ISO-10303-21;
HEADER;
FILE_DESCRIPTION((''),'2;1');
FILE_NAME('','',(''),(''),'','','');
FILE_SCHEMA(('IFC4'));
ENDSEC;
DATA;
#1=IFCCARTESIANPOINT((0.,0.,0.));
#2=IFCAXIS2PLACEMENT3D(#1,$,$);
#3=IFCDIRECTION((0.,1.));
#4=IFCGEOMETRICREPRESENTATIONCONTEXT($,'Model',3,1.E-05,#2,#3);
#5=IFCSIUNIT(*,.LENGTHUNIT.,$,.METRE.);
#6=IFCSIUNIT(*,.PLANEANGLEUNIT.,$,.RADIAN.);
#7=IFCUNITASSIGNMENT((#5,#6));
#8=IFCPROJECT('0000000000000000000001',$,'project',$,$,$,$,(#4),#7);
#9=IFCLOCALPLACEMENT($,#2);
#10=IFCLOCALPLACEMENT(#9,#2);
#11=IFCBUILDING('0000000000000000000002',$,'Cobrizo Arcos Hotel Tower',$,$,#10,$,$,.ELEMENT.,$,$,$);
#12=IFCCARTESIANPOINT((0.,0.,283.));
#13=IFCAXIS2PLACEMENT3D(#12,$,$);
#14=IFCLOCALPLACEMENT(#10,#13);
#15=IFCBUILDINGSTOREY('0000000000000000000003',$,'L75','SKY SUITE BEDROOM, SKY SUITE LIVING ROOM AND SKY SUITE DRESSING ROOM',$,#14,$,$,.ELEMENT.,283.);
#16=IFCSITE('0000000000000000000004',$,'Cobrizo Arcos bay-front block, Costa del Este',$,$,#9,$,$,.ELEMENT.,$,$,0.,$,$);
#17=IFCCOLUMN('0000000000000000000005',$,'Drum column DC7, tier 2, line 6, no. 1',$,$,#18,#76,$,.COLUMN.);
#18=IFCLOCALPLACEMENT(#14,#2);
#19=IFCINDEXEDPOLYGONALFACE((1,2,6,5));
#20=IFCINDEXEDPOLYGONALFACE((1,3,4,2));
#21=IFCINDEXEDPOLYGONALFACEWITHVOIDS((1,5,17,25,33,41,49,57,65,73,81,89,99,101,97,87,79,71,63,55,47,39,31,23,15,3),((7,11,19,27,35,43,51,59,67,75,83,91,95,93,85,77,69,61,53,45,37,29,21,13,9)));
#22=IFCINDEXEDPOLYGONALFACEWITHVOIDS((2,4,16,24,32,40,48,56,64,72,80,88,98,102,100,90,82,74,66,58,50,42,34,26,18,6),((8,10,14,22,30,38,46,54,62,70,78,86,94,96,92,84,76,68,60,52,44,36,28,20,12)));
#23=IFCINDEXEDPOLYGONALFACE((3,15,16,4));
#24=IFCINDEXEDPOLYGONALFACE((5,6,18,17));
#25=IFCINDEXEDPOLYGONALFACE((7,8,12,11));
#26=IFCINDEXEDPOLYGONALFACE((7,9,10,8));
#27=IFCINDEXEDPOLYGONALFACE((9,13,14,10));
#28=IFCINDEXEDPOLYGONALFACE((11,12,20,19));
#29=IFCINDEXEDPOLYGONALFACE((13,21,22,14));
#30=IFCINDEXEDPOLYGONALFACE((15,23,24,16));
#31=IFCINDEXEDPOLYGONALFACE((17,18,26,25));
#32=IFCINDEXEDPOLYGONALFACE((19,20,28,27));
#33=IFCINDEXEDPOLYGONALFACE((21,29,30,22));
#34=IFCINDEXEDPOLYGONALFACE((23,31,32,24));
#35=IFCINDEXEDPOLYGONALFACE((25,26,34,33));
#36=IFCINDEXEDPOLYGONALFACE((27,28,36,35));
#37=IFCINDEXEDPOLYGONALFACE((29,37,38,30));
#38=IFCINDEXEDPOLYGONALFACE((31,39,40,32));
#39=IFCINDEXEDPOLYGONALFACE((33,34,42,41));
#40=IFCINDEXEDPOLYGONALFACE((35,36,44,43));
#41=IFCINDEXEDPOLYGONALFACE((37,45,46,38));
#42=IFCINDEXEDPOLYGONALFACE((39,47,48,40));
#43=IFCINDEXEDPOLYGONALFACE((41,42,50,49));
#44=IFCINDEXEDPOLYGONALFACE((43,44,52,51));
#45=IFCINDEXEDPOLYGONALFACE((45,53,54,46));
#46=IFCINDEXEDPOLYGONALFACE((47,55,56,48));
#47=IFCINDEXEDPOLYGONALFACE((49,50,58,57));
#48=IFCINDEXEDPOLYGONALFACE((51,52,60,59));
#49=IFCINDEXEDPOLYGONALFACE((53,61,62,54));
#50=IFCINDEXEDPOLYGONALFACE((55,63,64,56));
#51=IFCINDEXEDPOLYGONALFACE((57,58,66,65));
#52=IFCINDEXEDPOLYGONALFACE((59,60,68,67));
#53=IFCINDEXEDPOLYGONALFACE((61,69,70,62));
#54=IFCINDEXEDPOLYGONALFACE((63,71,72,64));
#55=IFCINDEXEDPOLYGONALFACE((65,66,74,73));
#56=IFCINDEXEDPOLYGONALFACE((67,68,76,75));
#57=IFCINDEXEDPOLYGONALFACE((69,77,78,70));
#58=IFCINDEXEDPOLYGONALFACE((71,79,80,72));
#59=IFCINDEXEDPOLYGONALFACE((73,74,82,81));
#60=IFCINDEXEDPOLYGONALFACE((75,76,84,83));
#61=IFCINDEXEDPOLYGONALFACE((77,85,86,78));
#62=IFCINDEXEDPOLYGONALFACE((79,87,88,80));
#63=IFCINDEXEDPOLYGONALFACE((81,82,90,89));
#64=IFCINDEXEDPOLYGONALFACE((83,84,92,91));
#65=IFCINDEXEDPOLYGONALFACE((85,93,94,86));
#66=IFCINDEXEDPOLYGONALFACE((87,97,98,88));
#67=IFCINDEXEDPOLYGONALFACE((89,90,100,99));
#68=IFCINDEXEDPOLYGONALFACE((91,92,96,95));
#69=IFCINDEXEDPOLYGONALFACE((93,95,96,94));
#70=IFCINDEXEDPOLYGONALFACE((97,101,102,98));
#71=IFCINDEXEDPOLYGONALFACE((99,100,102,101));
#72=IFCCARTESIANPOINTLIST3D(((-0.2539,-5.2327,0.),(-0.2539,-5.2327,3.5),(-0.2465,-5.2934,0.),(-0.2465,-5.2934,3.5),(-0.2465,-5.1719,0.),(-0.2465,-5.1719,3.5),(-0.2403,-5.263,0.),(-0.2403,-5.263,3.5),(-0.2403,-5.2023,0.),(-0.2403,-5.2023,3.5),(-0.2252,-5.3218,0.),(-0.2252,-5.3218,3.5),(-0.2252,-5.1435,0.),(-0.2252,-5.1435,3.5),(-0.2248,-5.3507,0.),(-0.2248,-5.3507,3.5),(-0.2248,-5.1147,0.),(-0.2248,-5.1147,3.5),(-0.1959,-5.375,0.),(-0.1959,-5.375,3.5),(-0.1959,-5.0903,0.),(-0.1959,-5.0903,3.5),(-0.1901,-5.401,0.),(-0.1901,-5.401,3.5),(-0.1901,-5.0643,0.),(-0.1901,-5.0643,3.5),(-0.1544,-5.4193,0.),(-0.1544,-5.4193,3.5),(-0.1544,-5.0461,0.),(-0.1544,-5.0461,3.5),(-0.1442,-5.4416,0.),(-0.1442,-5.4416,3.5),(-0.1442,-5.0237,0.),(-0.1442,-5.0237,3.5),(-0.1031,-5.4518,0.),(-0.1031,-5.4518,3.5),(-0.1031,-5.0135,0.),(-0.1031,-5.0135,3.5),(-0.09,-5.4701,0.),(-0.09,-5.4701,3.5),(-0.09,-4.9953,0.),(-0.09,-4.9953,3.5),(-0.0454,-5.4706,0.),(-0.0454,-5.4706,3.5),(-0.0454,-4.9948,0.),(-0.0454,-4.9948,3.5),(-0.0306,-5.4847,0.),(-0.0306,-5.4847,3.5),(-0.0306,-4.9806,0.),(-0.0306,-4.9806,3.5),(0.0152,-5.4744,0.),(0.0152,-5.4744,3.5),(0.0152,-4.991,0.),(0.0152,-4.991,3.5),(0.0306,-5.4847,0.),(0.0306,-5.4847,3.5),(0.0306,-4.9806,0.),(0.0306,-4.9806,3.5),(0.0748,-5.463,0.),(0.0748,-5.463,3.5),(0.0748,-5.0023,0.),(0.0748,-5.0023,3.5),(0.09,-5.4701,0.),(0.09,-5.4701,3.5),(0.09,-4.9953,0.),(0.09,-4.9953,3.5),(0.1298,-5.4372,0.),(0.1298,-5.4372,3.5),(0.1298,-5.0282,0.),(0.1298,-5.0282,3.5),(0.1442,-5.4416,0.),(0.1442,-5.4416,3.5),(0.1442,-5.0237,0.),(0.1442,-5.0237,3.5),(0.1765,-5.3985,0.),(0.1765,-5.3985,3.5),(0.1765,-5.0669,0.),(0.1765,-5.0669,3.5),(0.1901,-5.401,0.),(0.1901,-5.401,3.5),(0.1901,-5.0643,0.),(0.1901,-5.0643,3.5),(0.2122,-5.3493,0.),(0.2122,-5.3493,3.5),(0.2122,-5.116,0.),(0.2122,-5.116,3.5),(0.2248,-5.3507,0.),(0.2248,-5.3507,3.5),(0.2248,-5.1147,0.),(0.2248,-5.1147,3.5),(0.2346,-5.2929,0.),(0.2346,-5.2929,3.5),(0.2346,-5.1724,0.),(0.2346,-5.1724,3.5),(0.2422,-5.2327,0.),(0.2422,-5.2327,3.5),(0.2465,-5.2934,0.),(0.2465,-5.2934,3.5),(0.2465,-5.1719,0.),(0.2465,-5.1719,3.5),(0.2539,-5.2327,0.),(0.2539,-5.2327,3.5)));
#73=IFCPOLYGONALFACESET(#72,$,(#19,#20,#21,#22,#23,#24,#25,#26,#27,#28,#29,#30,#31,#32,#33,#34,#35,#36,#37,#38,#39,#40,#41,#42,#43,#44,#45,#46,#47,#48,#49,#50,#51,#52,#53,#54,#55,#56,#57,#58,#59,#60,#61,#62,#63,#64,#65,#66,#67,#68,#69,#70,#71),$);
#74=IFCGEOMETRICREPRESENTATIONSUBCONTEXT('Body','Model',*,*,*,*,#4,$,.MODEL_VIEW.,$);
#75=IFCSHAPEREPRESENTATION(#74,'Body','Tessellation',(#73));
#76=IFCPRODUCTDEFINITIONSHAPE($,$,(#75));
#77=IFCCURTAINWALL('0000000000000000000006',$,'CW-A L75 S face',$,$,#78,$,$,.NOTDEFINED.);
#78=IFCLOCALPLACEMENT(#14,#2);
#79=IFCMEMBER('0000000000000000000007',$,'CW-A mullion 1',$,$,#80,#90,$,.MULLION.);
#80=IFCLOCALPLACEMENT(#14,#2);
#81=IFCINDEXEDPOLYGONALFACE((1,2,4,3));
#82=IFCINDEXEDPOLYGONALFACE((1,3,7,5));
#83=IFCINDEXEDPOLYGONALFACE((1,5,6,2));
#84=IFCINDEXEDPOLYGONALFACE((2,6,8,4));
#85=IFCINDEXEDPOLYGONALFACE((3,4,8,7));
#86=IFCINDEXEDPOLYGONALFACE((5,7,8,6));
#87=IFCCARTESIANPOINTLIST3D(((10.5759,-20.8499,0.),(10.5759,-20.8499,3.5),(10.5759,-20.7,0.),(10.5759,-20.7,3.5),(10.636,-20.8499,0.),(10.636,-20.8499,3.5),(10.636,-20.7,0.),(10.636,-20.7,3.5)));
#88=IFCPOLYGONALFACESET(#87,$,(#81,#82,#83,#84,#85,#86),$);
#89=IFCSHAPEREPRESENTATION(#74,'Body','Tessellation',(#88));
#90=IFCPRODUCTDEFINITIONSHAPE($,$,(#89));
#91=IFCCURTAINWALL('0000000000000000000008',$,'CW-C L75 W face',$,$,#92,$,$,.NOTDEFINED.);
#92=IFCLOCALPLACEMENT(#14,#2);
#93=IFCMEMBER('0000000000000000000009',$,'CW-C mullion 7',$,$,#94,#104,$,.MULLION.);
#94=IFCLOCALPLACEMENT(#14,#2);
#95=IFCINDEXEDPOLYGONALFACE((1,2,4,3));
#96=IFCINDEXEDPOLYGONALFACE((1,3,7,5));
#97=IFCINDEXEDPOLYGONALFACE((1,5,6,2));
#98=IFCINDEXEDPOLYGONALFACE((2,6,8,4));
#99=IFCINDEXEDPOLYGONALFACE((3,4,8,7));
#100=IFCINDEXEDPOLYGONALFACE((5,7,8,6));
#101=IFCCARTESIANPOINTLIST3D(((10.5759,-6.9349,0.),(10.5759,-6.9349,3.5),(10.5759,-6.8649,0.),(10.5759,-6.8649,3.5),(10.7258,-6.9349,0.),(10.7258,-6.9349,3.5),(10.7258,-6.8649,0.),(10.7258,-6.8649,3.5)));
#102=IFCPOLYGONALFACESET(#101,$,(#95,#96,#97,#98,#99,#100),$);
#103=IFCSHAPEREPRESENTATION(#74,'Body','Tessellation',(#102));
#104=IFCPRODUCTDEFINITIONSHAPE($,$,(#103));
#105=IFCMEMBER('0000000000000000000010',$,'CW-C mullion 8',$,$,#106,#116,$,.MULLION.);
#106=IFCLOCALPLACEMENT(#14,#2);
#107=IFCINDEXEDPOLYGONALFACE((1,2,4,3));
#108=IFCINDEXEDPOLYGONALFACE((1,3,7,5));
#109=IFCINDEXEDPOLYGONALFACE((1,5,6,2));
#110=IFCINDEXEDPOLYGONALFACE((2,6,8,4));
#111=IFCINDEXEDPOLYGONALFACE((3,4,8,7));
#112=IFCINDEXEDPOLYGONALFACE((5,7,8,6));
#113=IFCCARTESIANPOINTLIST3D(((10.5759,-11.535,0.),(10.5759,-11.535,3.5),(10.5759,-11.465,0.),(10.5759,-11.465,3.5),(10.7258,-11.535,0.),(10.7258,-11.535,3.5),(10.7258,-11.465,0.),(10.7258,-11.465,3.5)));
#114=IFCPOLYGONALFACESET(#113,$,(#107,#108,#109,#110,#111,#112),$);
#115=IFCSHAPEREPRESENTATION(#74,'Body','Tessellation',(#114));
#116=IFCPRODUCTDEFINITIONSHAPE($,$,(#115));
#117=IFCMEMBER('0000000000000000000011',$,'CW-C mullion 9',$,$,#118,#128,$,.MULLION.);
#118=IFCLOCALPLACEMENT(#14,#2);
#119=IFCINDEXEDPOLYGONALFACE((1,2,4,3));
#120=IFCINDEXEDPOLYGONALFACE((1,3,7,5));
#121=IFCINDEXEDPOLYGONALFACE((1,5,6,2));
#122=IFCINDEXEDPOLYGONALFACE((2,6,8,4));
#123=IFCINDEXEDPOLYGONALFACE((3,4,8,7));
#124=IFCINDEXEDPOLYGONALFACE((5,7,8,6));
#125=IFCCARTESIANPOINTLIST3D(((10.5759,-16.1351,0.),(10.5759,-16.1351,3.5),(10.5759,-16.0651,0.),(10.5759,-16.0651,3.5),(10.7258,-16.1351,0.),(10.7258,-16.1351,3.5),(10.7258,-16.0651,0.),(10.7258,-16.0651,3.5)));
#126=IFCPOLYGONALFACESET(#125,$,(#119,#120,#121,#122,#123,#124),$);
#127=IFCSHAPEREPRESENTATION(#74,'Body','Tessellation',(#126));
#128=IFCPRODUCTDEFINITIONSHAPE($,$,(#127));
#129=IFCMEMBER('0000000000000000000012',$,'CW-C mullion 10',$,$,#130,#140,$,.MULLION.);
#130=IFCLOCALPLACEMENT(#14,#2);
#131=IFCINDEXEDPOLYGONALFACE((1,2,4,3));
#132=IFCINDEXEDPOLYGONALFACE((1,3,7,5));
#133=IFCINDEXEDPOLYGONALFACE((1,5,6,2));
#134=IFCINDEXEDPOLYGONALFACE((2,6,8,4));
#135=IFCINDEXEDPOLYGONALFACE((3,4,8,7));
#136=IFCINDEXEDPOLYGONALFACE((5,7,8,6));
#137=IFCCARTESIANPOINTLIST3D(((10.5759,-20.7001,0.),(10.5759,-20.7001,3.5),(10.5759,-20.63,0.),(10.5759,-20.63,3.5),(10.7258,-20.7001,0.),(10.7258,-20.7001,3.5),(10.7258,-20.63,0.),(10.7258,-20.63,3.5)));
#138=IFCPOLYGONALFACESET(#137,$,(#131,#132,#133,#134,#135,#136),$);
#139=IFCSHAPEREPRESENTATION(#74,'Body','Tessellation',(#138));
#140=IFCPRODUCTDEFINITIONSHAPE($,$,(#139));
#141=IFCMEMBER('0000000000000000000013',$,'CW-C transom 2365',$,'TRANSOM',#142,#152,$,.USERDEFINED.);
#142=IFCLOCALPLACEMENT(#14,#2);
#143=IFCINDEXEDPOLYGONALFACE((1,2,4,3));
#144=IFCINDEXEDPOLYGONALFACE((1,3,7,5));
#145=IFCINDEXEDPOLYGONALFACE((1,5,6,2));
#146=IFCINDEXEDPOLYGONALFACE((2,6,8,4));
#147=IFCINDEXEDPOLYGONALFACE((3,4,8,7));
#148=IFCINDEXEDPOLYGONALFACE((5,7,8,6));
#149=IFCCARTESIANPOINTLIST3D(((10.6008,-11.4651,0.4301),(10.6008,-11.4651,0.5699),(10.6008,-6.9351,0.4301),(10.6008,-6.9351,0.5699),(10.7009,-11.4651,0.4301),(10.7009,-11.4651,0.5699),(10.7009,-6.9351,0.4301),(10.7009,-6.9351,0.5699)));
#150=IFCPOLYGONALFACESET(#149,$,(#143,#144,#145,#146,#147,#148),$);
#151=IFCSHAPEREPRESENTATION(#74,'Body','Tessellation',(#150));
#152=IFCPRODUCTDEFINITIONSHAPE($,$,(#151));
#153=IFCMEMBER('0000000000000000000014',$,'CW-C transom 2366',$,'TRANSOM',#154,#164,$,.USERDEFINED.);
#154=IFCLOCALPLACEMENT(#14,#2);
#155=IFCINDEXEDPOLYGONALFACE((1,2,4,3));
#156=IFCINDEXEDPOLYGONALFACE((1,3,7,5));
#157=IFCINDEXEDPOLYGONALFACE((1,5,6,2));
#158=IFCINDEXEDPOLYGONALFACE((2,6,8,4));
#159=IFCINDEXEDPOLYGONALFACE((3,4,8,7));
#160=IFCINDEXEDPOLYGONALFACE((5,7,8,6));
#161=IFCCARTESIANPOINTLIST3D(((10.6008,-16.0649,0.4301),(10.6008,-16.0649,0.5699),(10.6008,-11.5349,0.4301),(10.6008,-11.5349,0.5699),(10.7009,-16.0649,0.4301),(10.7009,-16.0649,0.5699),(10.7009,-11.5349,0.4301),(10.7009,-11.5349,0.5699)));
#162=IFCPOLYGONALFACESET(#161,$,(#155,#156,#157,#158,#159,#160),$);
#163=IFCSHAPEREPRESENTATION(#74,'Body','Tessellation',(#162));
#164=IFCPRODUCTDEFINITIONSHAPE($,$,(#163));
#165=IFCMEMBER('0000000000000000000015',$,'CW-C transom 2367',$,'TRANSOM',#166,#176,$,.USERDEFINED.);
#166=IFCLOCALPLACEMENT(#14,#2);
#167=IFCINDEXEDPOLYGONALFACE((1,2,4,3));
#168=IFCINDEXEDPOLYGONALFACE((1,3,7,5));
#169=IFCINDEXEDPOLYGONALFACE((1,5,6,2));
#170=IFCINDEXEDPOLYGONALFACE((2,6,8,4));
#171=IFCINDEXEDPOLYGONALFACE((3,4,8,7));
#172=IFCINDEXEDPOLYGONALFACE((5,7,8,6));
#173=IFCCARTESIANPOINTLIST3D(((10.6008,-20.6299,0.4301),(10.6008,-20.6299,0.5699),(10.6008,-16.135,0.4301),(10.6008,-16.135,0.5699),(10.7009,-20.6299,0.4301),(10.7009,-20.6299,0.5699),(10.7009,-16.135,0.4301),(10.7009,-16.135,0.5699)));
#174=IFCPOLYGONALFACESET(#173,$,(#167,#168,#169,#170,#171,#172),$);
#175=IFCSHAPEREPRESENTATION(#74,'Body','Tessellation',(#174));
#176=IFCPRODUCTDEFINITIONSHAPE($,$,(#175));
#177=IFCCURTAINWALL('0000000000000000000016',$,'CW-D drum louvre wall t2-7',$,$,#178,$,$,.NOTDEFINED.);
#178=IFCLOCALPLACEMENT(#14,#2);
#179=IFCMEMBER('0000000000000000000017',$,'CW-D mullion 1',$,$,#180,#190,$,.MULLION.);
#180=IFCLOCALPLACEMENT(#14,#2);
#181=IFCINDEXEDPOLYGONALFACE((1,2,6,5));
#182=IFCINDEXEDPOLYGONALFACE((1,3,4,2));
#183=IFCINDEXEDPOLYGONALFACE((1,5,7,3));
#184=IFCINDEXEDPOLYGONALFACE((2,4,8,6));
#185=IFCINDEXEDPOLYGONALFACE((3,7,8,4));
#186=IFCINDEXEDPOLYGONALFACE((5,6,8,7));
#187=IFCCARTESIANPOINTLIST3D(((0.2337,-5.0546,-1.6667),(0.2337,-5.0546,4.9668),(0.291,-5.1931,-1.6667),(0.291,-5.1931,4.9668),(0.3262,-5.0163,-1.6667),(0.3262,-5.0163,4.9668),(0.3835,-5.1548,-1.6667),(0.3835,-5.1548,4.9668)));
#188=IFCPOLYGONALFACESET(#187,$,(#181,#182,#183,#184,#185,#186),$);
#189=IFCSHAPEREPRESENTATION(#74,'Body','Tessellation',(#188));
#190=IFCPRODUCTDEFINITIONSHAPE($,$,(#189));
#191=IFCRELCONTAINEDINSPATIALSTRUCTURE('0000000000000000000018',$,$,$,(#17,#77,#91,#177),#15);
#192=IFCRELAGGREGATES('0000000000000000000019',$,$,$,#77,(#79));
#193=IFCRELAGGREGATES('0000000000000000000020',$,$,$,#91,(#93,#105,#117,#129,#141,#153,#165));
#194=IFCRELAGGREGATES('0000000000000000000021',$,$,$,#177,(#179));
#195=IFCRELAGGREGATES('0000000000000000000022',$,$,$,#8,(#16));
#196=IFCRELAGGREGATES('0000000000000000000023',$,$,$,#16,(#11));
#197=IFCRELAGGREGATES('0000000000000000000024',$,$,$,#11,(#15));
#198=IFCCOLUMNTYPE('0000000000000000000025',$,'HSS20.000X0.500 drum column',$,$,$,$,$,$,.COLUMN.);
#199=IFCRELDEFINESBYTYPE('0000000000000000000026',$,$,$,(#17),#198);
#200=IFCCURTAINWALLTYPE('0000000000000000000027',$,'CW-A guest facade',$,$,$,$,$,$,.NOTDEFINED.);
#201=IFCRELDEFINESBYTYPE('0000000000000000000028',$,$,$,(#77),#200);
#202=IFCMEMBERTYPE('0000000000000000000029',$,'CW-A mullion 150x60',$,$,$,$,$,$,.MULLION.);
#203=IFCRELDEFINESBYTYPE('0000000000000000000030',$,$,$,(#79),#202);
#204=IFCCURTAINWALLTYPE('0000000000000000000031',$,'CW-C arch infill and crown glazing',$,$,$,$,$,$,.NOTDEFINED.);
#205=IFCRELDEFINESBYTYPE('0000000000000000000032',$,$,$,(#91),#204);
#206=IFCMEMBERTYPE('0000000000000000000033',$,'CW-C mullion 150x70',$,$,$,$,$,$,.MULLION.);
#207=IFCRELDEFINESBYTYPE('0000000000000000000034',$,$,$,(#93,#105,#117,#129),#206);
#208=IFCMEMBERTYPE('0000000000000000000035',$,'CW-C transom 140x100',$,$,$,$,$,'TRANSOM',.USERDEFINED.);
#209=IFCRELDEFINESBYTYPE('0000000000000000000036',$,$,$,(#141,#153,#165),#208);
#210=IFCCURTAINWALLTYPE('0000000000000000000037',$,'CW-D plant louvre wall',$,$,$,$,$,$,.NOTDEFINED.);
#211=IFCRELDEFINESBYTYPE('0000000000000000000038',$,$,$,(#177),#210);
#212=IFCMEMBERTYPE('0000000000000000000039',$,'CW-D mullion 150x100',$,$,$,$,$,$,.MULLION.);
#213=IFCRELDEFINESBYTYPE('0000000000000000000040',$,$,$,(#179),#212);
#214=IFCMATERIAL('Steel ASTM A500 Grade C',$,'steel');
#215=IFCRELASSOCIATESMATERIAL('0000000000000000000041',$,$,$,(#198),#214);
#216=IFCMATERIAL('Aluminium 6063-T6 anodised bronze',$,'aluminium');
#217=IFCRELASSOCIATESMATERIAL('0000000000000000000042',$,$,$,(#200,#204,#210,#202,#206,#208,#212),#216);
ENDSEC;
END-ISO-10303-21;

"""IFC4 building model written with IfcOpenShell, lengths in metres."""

from ifc_helpers import new_model, si_unit, direction, frame, origin, origin_2d, place, context, subcontext, project, spatial, rectangle, hollow_circle, extrude, material, material_profile, profile_set, type_object, element, aggregate, save


model = new_model("IFC4")

# Units and contexts
model_context = context("Model", 3, precision=1e-05, world=origin(), true_north=direction((0.0, 1.0)))
body_context = subcontext(model_context, "Body", "Model", "MODEL_VIEW")
ifc_project = project(units=[si_unit("LENGTHUNIT", "METRE"), si_unit("PLANEANGLEUNIT", "RADIAN")], contexts=[model_context])

# Site, building, storey
site_placement = place(None, origin())
site = spatial("IfcSite", under=ifc_project, at=site_placement, Name="Cobrizo Arcos bay-front block, Costa del Este", CompositionType="ELEMENT", RefElevation=0.0)
building_placement = place(site_placement, origin())
building = spatial("IfcBuilding", under=site, at=building_placement, Name="Cobrizo Arcos Hotel Tower", CompositionType="ELEMENT")
storey_placement = place(building_placement, frame((0.0, 0.0, 283.0)))
storey = spatial("IfcBuildingStorey", under=building, at=storey_placement, Name="L75", Description="SKY SUITE BEDROOM, SKY SUITE LIVING ROOM AND SKY SUITE DRESSING ROOM", CompositionType="ELEMENT", Elevation=283.0)

# Column
ifc_material_1 = material(Name="Steel ASTM A500 Grade C", Category="steel")
ifc_material_profile_1 = material_profile(ifc_material_1, hollow_circle(Radius=0.2539, WallThickness=0.0117, at=origin_2d()), Name="HSS20.000X0.500")
ifc_profile_set_1 = profile_set([ifc_material_profile_1], Name="Steel ASTM A500 Grade C")
column_type = type_object("IfcColumnType", Name="HSS20.000X0.500 drum column", PredefinedType="COLUMN", material=ifc_profile_set_1)
column_placement = place(storey_placement, frame((0.0, -5.2327, 0.0), z_axis=(0.0, 0.0, 1.0), x_axis=(1.0, 0.0, 0.0)))
element("IfcColumn", 1, at=column_placement, inside=storey, type_object=column_type, Name="Drum column DC7, tier 2, line 6, no. 1", PredefinedType="COLUMN", context=body_context, shape_type="SweptSolid", body=[
    extrude(hollow_circle(Radius=0.2539, WallThickness=0.0117, at=origin_2d()), origin(), (0.0, 0.0, 1.0), 3.5),
])

# Curtain wall, member
ifc_material_2 = material(Name="Aluminium 6063-T6 anodised bronze", Category="aluminium")
curtain_wall_type_1 = type_object("IfcCurtainWallType", Name="CW-A guest facade", PredefinedType="NOTDEFINED", material=ifc_material_2)
curtain_wall_1_placement = place(storey_placement, origin())
curtain_wall_1 = element("IfcCurtainWall", 2, at=curtain_wall_1_placement, inside=storey, type_object=curtain_wall_type_1, Name="CW-A L75 S face", PredefinedType="NOTDEFINED")
ifc_material_profile_2 = material_profile(ifc_material_2, rectangle(XDim=0.1499, YDim=0.0601, at=origin_2d()), Name="CW-A mullion 150x60")
ifc_profile_set_2 = profile_set([ifc_material_profile_2], Name="Aluminium 6063-T6 anodised bronze")
member_type_1 = type_object("IfcMemberType", Name="CW-A mullion 150x60", PredefinedType="MULLION", material=ifc_profile_set_2)
member_1_placement = place(storey_placement, frame((10.606, -20.7749, 0.0), z_axis=(0.0, 0.0, 1.0), x_axis=(0.0, -1.0, 0.0)))
member_1 = element("IfcMember", 3, at=member_1_placement, type_object=member_type_1, Name="CW-A mullion 1", PredefinedType="MULLION", context=body_context, shape_type="SweptSolid", body=[
    extrude(rectangle(XDim=0.1499, YDim=0.0601, at=origin_2d()), origin(), (0.0, 0.0, 1.0), 3.5),
])
aggregate(curtain_wall_1, [member_1])

# Curtain walls, members
curtain_wall_type_2 = type_object("IfcCurtainWallType", Name="CW-C arch infill and crown glazing", PredefinedType="NOTDEFINED", material=ifc_material_2)
curtain_wall_2_placement = place(storey_placement, origin())
curtain_wall_2 = element("IfcCurtainWall", 4, at=curtain_wall_2_placement, inside=storey, type_object=curtain_wall_type_2, Name="CW-C L75 W face", PredefinedType="NOTDEFINED")
ifc_material_profile_3 = material_profile(ifc_material_2, rectangle(XDim=0.1499, YDim=0.0701, at=origin_2d()), Name="CW-C mullion 150x70")
ifc_profile_set_3 = profile_set([ifc_material_profile_3], Name="Aluminium 6063-T6 anodised bronze")
member_type_2 = type_object("IfcMemberType", Name="CW-C mullion 150x70", PredefinedType="MULLION", material=ifc_profile_set_3)
member_2_placement = place(storey_placement, frame((10.6509, -6.8999, 0.0), z_axis=(0.0, 0.0, 1.0), x_axis=(-1.0, 0.0, 0.0)))
member_2 = element("IfcMember", 5, at=member_2_placement, type_object=member_type_2, Name="CW-C mullion 7", PredefinedType="MULLION", context=body_context, shape_type="SweptSolid", body=[
    extrude(rectangle(XDim=0.1499, YDim=0.0701, at=origin_2d()), origin(), (0.0, 0.0, 1.0), 3.5),
])
member_3_placement = place(storey_placement, frame((10.6509, -11.5, 0.0), z_axis=(0.0, 0.0, 1.0), x_axis=(-1.0, 0.0, 0.0)))
member_3 = element("IfcMember", 6, at=member_3_placement, type_object=member_type_2, Name="CW-C mullion 8", PredefinedType="MULLION", context=body_context, shape_type="SweptSolid", body=[
    extrude(rectangle(XDim=0.1499, YDim=0.0701, at=origin_2d()), origin(), (0.0, 0.0, 1.0), 3.5),
])
member_4_placement = place(storey_placement, frame((10.6509, -16.1001, 0.0), z_axis=(0.0, 0.0, 1.0), x_axis=(-1.0, 0.0, 0.0)))
member_4 = element("IfcMember", 7, at=member_4_placement, type_object=member_type_2, Name="CW-C mullion 9", PredefinedType="MULLION", context=body_context, shape_type="SweptSolid", body=[
    extrude(rectangle(XDim=0.1499, YDim=0.0701, at=origin_2d()), origin(), (0.0, 0.0, 1.0), 3.5),
])
member_5_placement = place(storey_placement, frame((10.6509, -20.665, 0.0), z_axis=(0.0, 0.0, 1.0), x_axis=(-1.0, 0.0, 0.0)))
member_5 = element("IfcMember", 8, at=member_5_placement, type_object=member_type_2, Name="CW-C mullion 10", PredefinedType="MULLION", context=body_context, shape_type="SweptSolid", body=[
    extrude(rectangle(XDim=0.1499, YDim=0.0701, at=origin_2d()), origin(), (0.0, 0.0, 1.0), 3.5),
])
ifc_material_profile_4 = material_profile(ifc_material_2, rectangle(XDim=0.1001, YDim=0.1399, at=origin_2d()), Name="CW-C transom 140x100")
ifc_profile_set_4 = profile_set([ifc_material_profile_4], Name="Aluminium 6063-T6 anodised bronze")
member_type_3 = type_object("IfcMemberType", Name="CW-C transom 140x100", ElementType="TRANSOM", PredefinedType="USERDEFINED", material=ifc_profile_set_4)
member_6_placement = place(storey_placement, frame((10.6509, -6.9351, 0.5), z_axis=(0.0, -1.0, 0.0), x_axis=(1.0, 0.0, 0.0)))
member_6 = element("IfcMember", 9, at=member_6_placement, type_object=member_type_3, Name="CW-C transom 2365", ObjectType="TRANSOM", PredefinedType="USERDEFINED", context=body_context, shape_type="SweptSolid", body=[
    extrude(rectangle(XDim=0.1001, YDim=0.1399, at=origin_2d()), origin(), (0.0, 0.0, 1.0), 4.53),
])
member_7_placement = place(storey_placement, frame((10.6509, -11.5349, 0.5), z_axis=(0.0, -1.0, 0.0), x_axis=(1.0, 0.0, 0.0)))
member_7 = element("IfcMember", 10, at=member_7_placement, type_object=member_type_3, Name="CW-C transom 2366", ObjectType="TRANSOM", PredefinedType="USERDEFINED", context=body_context, shape_type="SweptSolid", body=[
    extrude(rectangle(XDim=0.1001, YDim=0.1399, at=origin_2d()), origin(), (0.0, 0.0, 1.0), 4.53),
])
member_8_placement = place(storey_placement, frame((10.6509, -16.135, 0.5), z_axis=(0.0, -1.0, 0.0), x_axis=(1.0, 0.0, 0.0)))
member_8 = element("IfcMember", 11, at=member_8_placement, type_object=member_type_3, Name="CW-C transom 2367", ObjectType="TRANSOM", PredefinedType="USERDEFINED", context=body_context, shape_type="SweptSolid", body=[
    extrude(rectangle(XDim=0.1001, YDim=0.1399, at=origin_2d()), origin(), (0.0, 0.0, 1.0), 4.4949),
])
curtain_wall_type_3 = type_object("IfcCurtainWallType", Name="CW-D plant louvre wall", PredefinedType="NOTDEFINED", material=ifc_material_2)
curtain_wall_3_placement = place(storey_placement, origin())
curtain_wall_3 = element("IfcCurtainWall", 12, at=curtain_wall_3_placement, inside=storey, type_object=curtain_wall_type_3, Name="CW-D drum louvre wall t2-7", PredefinedType="NOTDEFINED")
ifc_material_profile_5 = material_profile(ifc_material_2, rectangle(XDim=0.1499, YDim=0.1001, at=origin_2d()), Name="CW-D mullion 150x100")
ifc_profile_set_5 = profile_set([ifc_material_profile_5], Name="Aluminium 6063-T6 anodised bronze")
member_type_4 = type_object("IfcMemberType", Name="CW-D mullion 150x100", PredefinedType="MULLION", material=ifc_profile_set_5)
member_9_placement = place(storey_placement, frame((0.3086, -5.1047, -1.6667), z_axis=(0.0, 0.0, 1.0), x_axis=(0.382683, -0.92388, 0.0)))
member_9 = element("IfcMember", 13, at=member_9_placement, type_object=member_type_4, Name="CW-D mullion 1", PredefinedType="MULLION", context=body_context, shape_type="SweptSolid", body=[
    extrude(rectangle(XDim=0.1499, YDim=0.1001, at=origin_2d()), origin(), (0.0, 0.0, 1.0), 6.6335),
])

aggregate(curtain_wall_2, [member_2, member_3, member_4, member_5, member_6, member_7, member_8])
aggregate(curtain_wall_3, [member_9])

save(model, "model.ifc")
